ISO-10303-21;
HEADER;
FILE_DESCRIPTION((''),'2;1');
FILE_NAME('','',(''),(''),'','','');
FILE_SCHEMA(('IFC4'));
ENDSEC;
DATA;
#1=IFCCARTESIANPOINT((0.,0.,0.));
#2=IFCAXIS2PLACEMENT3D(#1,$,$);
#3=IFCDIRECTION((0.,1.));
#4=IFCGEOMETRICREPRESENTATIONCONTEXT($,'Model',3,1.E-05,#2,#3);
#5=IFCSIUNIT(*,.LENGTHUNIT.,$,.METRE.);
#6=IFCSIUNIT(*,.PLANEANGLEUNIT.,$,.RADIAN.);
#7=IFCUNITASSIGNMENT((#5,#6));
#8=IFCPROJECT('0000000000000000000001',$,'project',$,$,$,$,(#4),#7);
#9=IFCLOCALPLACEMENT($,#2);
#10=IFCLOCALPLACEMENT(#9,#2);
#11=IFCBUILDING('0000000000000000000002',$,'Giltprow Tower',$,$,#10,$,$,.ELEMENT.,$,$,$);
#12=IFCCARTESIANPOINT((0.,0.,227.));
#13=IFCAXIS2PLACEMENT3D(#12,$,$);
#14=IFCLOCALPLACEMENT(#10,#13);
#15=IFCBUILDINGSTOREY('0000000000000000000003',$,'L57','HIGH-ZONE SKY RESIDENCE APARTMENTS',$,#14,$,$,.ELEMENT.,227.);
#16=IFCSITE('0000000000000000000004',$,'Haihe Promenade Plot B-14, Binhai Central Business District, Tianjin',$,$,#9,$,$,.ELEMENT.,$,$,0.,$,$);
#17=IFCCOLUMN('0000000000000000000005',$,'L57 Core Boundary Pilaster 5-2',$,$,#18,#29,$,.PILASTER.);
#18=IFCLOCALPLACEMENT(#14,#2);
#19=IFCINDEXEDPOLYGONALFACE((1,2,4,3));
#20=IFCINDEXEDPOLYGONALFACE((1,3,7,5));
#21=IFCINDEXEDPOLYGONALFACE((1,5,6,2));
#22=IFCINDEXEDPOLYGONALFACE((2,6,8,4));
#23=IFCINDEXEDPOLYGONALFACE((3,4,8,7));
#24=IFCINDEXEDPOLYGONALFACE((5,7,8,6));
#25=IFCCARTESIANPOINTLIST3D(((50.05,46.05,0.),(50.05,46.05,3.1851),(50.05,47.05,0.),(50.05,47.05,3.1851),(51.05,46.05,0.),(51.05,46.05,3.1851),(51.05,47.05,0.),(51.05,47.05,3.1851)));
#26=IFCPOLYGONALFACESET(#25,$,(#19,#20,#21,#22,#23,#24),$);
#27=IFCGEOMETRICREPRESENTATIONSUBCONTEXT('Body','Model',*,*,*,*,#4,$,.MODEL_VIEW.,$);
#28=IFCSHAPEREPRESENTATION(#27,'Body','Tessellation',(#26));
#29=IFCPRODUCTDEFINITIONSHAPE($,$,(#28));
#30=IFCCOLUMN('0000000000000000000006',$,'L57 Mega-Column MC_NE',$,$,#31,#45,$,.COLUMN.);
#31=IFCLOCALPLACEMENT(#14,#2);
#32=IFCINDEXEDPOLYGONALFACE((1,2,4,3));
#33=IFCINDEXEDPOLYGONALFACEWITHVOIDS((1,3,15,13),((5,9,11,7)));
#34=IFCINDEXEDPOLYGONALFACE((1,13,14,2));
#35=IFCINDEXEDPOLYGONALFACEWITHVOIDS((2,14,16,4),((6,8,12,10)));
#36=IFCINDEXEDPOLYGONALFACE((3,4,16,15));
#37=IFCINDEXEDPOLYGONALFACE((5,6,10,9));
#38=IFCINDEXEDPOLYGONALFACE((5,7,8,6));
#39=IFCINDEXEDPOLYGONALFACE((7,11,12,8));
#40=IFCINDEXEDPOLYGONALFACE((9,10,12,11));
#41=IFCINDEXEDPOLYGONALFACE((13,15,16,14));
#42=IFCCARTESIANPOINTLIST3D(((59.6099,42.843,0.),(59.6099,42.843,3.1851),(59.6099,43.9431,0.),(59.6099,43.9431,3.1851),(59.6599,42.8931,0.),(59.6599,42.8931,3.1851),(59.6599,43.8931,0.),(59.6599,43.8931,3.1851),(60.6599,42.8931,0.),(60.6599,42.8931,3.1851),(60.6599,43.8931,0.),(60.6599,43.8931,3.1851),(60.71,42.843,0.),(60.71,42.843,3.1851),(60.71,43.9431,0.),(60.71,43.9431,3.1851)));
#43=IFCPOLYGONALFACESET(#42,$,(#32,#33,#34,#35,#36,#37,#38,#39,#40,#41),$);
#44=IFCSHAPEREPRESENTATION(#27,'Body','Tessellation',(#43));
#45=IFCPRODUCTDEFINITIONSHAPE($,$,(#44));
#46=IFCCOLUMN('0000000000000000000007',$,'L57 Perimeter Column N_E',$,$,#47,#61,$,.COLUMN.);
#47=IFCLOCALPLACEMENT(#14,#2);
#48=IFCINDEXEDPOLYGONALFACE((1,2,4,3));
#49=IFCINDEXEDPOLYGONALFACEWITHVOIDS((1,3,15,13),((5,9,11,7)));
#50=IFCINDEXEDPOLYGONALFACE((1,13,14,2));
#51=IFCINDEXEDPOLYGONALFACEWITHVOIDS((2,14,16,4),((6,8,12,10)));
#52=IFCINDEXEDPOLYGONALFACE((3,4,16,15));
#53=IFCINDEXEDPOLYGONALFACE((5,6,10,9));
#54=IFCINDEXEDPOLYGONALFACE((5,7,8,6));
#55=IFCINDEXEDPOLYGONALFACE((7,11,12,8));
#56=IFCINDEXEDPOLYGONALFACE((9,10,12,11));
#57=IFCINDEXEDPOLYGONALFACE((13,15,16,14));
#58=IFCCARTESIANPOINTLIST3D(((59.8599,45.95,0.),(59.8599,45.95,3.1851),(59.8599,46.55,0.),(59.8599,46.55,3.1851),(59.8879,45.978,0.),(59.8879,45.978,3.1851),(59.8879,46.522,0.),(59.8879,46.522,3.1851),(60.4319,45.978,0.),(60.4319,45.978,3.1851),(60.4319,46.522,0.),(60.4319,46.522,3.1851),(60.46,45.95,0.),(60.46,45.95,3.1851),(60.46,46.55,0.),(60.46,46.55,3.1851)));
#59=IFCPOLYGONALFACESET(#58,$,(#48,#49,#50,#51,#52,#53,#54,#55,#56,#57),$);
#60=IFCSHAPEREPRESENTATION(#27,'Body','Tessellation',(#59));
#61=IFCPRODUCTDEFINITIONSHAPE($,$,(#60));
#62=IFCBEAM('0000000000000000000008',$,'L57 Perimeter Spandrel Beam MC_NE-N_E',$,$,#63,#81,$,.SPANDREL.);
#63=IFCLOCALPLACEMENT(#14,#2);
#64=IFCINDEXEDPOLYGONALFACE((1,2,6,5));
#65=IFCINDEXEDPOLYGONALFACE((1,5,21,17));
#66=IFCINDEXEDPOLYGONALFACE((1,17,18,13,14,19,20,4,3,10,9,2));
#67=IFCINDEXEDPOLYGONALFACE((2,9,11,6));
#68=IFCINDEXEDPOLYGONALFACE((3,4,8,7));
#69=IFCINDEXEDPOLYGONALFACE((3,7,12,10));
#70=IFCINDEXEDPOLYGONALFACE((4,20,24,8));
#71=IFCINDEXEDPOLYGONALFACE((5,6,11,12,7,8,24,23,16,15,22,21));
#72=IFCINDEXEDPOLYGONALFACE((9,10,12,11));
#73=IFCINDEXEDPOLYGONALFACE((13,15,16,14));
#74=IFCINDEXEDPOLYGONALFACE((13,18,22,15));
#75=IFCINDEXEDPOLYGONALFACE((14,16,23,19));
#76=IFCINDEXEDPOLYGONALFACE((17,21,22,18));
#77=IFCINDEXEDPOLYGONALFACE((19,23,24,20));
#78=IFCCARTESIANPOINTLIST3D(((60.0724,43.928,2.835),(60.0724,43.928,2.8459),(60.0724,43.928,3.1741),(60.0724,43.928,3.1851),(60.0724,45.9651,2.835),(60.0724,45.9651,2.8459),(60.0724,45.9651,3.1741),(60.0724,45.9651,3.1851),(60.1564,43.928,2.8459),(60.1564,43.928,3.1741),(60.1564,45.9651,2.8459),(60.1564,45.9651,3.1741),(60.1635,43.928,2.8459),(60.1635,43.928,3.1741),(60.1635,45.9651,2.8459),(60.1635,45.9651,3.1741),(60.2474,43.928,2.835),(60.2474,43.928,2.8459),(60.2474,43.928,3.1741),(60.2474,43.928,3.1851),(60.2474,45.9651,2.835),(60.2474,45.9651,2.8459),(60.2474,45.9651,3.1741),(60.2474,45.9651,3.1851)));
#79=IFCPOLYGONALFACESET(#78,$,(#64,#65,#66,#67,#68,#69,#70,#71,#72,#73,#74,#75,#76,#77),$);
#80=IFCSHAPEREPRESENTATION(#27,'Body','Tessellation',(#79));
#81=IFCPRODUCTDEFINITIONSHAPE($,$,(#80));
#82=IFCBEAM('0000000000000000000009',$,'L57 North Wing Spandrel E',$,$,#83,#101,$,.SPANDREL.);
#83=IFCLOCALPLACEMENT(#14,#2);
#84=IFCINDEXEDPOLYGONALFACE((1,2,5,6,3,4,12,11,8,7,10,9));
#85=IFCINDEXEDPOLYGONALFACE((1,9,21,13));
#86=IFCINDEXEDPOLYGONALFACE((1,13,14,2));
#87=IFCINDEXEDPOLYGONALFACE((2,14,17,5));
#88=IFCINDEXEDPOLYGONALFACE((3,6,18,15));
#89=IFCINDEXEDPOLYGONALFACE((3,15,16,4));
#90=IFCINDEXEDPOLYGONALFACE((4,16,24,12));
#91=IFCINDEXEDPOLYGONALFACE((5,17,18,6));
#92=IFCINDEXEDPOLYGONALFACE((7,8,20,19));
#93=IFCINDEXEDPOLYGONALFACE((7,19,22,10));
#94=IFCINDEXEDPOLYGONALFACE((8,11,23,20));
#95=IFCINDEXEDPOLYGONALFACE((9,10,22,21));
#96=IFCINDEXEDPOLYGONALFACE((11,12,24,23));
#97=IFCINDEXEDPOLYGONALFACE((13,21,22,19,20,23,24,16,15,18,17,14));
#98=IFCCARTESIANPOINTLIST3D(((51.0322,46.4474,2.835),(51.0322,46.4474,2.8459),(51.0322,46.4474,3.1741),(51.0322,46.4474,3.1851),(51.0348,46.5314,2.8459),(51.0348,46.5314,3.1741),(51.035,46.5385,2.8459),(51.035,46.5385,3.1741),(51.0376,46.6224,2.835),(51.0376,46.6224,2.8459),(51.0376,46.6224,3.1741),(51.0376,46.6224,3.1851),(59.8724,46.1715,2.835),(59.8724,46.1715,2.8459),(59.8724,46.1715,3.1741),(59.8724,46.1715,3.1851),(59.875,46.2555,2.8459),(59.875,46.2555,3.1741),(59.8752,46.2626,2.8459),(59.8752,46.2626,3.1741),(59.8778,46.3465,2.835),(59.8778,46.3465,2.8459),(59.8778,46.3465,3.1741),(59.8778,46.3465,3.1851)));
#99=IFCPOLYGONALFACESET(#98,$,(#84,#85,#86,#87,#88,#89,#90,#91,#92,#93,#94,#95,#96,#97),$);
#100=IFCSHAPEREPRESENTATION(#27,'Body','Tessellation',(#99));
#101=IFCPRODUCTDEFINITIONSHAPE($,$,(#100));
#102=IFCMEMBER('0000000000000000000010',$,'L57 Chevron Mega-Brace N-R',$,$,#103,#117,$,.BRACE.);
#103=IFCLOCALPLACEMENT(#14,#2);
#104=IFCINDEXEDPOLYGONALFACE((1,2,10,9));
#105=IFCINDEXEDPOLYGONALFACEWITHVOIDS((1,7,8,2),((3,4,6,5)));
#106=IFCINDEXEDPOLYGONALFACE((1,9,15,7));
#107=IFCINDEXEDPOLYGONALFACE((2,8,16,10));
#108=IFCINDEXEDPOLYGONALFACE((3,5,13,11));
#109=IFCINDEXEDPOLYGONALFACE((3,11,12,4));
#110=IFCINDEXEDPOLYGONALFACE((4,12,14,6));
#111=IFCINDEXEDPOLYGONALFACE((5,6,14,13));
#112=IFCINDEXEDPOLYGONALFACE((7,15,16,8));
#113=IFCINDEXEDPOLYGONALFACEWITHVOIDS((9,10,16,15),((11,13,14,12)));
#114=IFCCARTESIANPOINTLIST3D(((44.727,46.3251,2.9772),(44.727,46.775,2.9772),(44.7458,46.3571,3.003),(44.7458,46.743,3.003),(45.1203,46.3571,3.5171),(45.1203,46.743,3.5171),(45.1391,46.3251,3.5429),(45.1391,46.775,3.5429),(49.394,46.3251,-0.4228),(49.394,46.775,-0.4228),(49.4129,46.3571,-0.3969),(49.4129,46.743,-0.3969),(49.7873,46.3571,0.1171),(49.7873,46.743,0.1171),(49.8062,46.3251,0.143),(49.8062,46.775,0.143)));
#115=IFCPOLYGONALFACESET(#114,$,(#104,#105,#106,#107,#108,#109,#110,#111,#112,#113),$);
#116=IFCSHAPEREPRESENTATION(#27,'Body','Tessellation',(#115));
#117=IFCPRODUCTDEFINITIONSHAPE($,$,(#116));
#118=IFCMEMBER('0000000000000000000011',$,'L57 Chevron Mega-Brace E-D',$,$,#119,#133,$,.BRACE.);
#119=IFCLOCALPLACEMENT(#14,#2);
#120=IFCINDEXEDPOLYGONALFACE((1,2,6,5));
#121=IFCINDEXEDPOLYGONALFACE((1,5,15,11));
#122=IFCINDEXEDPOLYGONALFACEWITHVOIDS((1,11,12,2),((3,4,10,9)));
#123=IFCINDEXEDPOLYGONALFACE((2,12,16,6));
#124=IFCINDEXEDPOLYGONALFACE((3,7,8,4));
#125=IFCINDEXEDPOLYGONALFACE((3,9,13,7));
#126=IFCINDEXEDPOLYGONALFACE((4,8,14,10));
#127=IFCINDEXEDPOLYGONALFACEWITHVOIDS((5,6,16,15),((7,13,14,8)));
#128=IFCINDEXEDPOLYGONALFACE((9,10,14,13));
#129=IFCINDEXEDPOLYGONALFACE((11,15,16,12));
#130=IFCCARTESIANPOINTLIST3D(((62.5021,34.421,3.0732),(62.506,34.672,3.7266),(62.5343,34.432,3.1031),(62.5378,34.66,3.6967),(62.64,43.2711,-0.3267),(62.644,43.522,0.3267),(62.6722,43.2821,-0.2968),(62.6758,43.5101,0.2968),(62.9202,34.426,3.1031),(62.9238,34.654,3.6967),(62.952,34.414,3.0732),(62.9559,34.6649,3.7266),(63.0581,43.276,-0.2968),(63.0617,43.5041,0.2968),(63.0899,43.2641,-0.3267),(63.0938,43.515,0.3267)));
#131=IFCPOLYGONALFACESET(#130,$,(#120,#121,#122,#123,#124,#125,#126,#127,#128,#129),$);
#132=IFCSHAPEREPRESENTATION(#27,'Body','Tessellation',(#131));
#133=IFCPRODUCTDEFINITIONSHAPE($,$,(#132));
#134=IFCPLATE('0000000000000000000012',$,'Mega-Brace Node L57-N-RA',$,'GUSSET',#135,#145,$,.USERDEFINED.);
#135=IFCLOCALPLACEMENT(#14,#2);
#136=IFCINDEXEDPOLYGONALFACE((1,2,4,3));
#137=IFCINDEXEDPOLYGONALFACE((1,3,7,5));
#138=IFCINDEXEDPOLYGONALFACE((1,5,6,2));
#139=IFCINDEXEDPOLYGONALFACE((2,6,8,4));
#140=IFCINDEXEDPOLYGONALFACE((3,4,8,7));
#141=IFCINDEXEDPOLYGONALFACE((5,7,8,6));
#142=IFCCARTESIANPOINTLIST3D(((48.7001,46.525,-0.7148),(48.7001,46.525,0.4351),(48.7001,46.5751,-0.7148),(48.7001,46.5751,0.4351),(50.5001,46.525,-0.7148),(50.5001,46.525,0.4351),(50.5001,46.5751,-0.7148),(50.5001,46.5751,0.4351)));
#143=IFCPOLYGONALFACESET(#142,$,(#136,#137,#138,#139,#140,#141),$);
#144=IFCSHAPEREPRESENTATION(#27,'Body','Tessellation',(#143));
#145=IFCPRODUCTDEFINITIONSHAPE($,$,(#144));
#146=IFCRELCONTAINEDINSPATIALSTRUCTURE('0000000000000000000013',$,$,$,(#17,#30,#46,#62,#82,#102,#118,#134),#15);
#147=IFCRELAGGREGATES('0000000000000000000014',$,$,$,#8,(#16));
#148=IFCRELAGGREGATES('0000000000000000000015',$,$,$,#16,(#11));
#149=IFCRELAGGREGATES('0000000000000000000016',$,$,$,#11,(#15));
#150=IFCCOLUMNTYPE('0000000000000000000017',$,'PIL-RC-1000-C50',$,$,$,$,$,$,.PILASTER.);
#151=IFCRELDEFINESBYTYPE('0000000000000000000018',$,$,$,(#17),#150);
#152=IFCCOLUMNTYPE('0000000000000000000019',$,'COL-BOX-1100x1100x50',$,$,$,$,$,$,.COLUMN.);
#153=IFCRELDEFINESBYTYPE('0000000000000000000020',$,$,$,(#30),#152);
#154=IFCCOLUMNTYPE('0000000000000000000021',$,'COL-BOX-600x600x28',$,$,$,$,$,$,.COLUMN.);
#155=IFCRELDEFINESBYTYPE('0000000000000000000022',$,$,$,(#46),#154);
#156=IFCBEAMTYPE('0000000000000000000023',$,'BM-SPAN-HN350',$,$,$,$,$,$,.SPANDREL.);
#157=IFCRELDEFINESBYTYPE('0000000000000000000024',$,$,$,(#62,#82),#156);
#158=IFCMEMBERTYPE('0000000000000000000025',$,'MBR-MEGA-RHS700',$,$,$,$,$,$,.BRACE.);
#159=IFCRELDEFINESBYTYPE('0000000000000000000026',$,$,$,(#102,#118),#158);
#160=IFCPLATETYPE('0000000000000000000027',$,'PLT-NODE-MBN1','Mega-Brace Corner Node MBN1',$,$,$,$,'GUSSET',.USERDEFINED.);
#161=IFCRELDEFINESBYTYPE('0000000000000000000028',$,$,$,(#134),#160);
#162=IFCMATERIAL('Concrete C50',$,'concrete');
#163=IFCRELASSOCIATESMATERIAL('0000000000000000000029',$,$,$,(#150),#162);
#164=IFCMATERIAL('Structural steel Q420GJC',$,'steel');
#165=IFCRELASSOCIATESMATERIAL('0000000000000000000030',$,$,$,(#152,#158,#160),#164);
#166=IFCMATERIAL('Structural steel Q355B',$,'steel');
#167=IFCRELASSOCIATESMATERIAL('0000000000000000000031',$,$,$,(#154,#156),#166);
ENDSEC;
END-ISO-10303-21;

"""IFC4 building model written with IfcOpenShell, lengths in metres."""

from ifc_helpers import new_model, si_unit, direction, frame, origin, origin_2d, place, context, subcontext, project, spatial, rectangle, hollow_rectangle, i_section, extrude, source, transform, mapped, material, material_profile, profile_set, type_object, element, save


model = new_model("IFC4")

# Units and contexts
model_context = context("Model", 3, precision=1e-05, world=origin(), true_north=direction((0.0, 1.0)))
body_context = subcontext(model_context, "Body", "Model", "MODEL_VIEW")
ifc_project = project(units=[si_unit("LENGTHUNIT", "METRE"), si_unit("PLANEANGLEUNIT", "RADIAN")], contexts=[model_context])

# Site, building, storey
site_placement = place(None, origin())
site = spatial("IfcSite", under=ifc_project, at=site_placement, Name="Haihe Promenade Plot B-14, Binhai Central Business District, Tianjin", CompositionType="ELEMENT", RefElevation=0.0)
building_placement = place(site_placement, origin())
building = spatial("IfcBuilding", under=site, at=building_placement, Name="Giltprow Tower", CompositionType="ELEMENT")
storey_placement = place(building_placement, frame((0.0, 0.0, 227.0)))
storey = spatial("IfcBuildingStorey", under=building, at=storey_placement, Name="L57", Description="HIGH-ZONE SKY RESIDENCE APARTMENTS", CompositionType="ELEMENT", Elevation=227.0)

# Columns
ifc_material_1 = material(Name="Concrete C50", Category="concrete")
ifc_material_profile_1 = material_profile(ifc_material_1, rectangle(XDim=1.0, YDim=1.0, at=origin_2d()), Name="RC 1000x1000")
ifc_profile_set_1 = profile_set([ifc_material_profile_1], Name="Concrete C50")
column_type_1 = type_object("IfcColumnType", Name="PIL-RC-1000-C50", PredefinedType="PILASTER", material=ifc_profile_set_1)
shared_shape_1 = source(origin(), body_context, "Body", "SweptSolid", [
    extrude(rectangle(XDim=1.0, YDim=1.0, at=origin_2d()), origin(), (0.0, 0.0, 1.0), 3.1851),
])
column_1_placement = place(storey_placement, frame((50.55, 46.55, 0.0), z_axis=(0.0, 0.0, 1.0), x_axis=(1.0, 0.0, 0.0)))
element("IfcColumn", 1, at=column_1_placement, inside=storey, type_object=column_type_1, Name="L57 Core Boundary Pilaster 5-2", PredefinedType="PILASTER", context=body_context, shape_type="MappedRepresentation", body=[
    mapped(shared_shape_1, transform((0.0, 0.0, 0.0), x_axis=(1.0, 0.0, 0.0), y_axis=(0.0, 1.0, 0.0), z_axis=(0.0, 0.0, 1.0), scale=1.0)),
])
ifc_material_2 = material(Name="Structural steel Q420GJC", Category="steel")
ifc_material_profile_2 = material_profile(ifc_material_2, hollow_rectangle(XDim=1.1001, YDim=1.1001, WallThickness=0.05, at=origin_2d()), Name="BOX 1100x1100x50")
ifc_profile_set_2 = profile_set([ifc_material_profile_2], Name="Structural steel Q420GJC")
column_type_2 = type_object("IfcColumnType", Name="COL-BOX-1100x1100x50", PredefinedType="COLUMN", material=ifc_profile_set_2)
shared_shape_2 = source(origin(), body_context, "Body", "SweptSolid", [
    extrude(hollow_rectangle(XDim=1.1001, YDim=1.1001, WallThickness=0.05, at=origin_2d()), origin(), (0.0, 0.0, 1.0), 3.1851),
])
column_2_placement = place(storey_placement, frame((60.1599, 43.3931, 0.0), z_axis=(0.0, 0.0, 1.0), x_axis=(1.0, 0.0, 0.0)))
element("IfcColumn", 2, at=column_2_placement, inside=storey, type_object=column_type_2, Name="L57 Mega-Column MC_NE", PredefinedType="COLUMN", context=body_context, shape_type="MappedRepresentation", body=[
    mapped(shared_shape_2, transform((0.0, 0.0, 0.0), x_axis=(1.0, 0.0, 0.0), y_axis=(0.0, 1.0, 0.0), z_axis=(0.0, 0.0, 1.0), scale=1.0)),
])
ifc_material_3 = material(Name="Structural steel Q355B", Category="steel")
ifc_material_profile_3 = material_profile(ifc_material_3, hollow_rectangle(XDim=0.6001, YDim=0.6001, WallThickness=0.0281, at=origin_2d()), Name="BOX 600x600x28")
ifc_profile_set_3 = profile_set([ifc_material_profile_3], Name="Structural steel Q355B")
column_type_3 = type_object("IfcColumnType", Name="COL-BOX-600x600x28", PredefinedType="COLUMN", material=ifc_profile_set_3)
shared_shape_3 = source(origin(), body_context, "Body", "SweptSolid", [
    extrude(hollow_rectangle(XDim=0.6001, YDim=0.6001, WallThickness=0.0281, at=origin_2d()), origin(), (0.0, 0.0, 1.0), 3.1851),
])
column_3_placement = place(storey_placement, frame((60.1599, 46.25, 0.0), z_axis=(0.0, 0.0, 1.0), x_axis=(1.0, 0.0, 0.0)))
element("IfcColumn", 3, at=column_3_placement, inside=storey, type_object=column_type_3, Name="L57 Perimeter Column N_E", PredefinedType="COLUMN", context=body_context, shape_type="MappedRepresentation", body=[
    mapped(shared_shape_3, transform((0.0, 0.0, 0.0), x_axis=(1.0, 0.0, 0.0), y_axis=(0.0, 1.0, 0.0), z_axis=(0.0, 0.0, 1.0), scale=1.0)),
])

# Beams
ifc_material_profile_4 = material_profile(ifc_material_3, i_section(OverallWidth=0.175, OverallDepth=0.3501, WebThickness=0.0071, FlangeThickness=0.011, at=origin_2d()), Name="HN 350x175x7x11")
ifc_profile_set_4 = profile_set([ifc_material_profile_4], Name="Structural steel Q355B")
beam_type = type_object("IfcBeamType", Name="BM-SPAN-HN350", PredefinedType="SPANDREL", material=ifc_profile_set_4)
shared_shape_4 = source(origin(), body_context, "Body", "SweptSolid", [
    extrude(i_section(OverallWidth=0.175, OverallDepth=0.3501, WebThickness=0.0071, FlangeThickness=0.011, at=origin_2d()), origin(), (0.0, 0.0, 1.0), 2.0371),
])
beam_1_placement = place(storey_placement, frame((60.1599, 43.928, 3.01), z_axis=(0.0, 1.0, 0.0), x_axis=(-1.0, 0.0, 0.0)))
element("IfcBeam", 4, at=beam_1_placement, inside=storey, type_object=beam_type, Name="L57 Perimeter Spandrel Beam MC_NE-N_E", PredefinedType="SPANDREL", context=body_context, shape_type="MappedRepresentation", body=[
    mapped(shared_shape_4, transform((0.0, 0.0, 0.0), x_axis=(1.0, 0.0, 0.0), y_axis=(0.0, 1.0, 0.0), z_axis=(0.0, 0.0, 1.0), scale=1.0)),
])
shared_shape_5 = source(origin(), body_context, "Body", "SweptSolid", [
    extrude(i_section(OverallWidth=0.175, OverallDepth=0.3501, WebThickness=0.0071, FlangeThickness=0.011, at=origin_2d()), origin(), (0.0, 0.0, 1.0), 8.8445),
])
beam_2_placement = place(storey_placement, frame((51.0349, 46.5349, 3.01), z_axis=(0.999513, -0.031193, 0.0), x_axis=(0.031193, 0.999513, 0.0)))
element("IfcBeam", 5, at=beam_2_placement, inside=storey, type_object=beam_type, Name="L57 North Wing Spandrel E", PredefinedType="SPANDREL", context=body_context, shape_type="MappedRepresentation", body=[
    mapped(shared_shape_5, transform((0.0, 0.0, 0.0), x_axis=(1.0, 0.0, 0.0), y_axis=(0.0, 1.0, 0.0), z_axis=(0.0, 0.0, 1.0), scale=1.0)),
])

# Members
ifc_material_profile_5 = material_profile(ifc_material_2, hollow_rectangle(XDim=0.45, YDim=0.7, WallThickness=0.032, at=origin_2d()), Name="RHS 700x450x32")
ifc_profile_set_5 = profile_set([ifc_material_profile_5], Name="Structural steel Q420GJC")
member_type = type_object("IfcMemberType", Name="MBR-MEGA-RHS700", PredefinedType="BRACE", material=ifc_profile_set_5)
shared_shape_6 = source(origin(), body_context, "Body", "SweptSolid", [
    extrude(hollow_rectangle(XDim=0.45, YDim=0.7, WallThickness=0.032, at=origin_2d()), origin(), (0.0, 0.0, 1.0), 5.7742),
])
member_1_placement = place(storey_placement, frame((49.6001, 46.55, -0.1399), z_axis=(-0.808264, 0.0, 0.58882), x_axis=(0.0, -1.0, 0.0)))
element("IfcMember", 6, at=member_1_placement, inside=storey, type_object=member_type, Name="L57 Chevron Mega-Brace N-R", PredefinedType="BRACE", context=body_context, shape_type="MappedRepresentation", body=[
    mapped(shared_shape_6, transform((0.0, 0.0, 0.0), x_axis=(1.0, 0.0, 0.0), y_axis=(0.0, 1.0, 0.0), z_axis=(0.0, 0.0, 1.0), scale=1.0)),
])
shared_shape_7 = source(origin(), body_context, "Body", "SweptSolid", [
    extrude(hollow_rectangle(XDim=0.45, YDim=0.7, WallThickness=0.032, at=origin_2d()), origin(), (0.0, 0.0, 1.0), 9.4817),
])
member_2_placement = place(storey_placement, frame((62.8669, 43.3931, 0.0), z_axis=(-0.014548, -0.933387, 0.358575), x_axis=(0.999879, -0.015584, 0.0)))
element("IfcMember", 7, at=member_2_placement, inside=storey, type_object=member_type, Name="L57 Chevron Mega-Brace E-D", PredefinedType="BRACE", context=body_context, shape_type="MappedRepresentation", body=[
    mapped(shared_shape_7, transform((0.0, 0.0, 0.0), x_axis=(1.0, 0.0, 0.0), y_axis=(0.0, 1.0, 0.0), z_axis=(0.0, 0.0, 1.0), scale=1.0)),
])

# Plate
plate_type = type_object("IfcPlateType", Name="PLT-NODE-MBN1", Description="Mega-Brace Corner Node MBN1", ElementType="GUSSET", PredefinedType="USERDEFINED", material=ifc_material_2)
shared_shape_8 = source(origin(), body_context, "Body", "SweptSolid", [
    extrude(rectangle(XDim=1.8, YDim=0.05, at=origin_2d()), origin(), (0.0, 0.0, 1.0), 1.1499),
])
plate_placement = place(storey_placement, frame((49.6001, 46.55, -0.7148), z_axis=(0.0, 0.0, 1.0), x_axis=(1.0, 0.0, 0.0)))
element("IfcPlate", 8, at=plate_placement, inside=storey, type_object=plate_type, Name="Mega-Brace Node L57-N-RA", ObjectType="GUSSET", PredefinedType="USERDEFINED", context=body_context, shape_type="MappedRepresentation", body=[
    mapped(shared_shape_8, transform((0.0, 0.0, 0.0), x_axis=(1.0, 0.0, 0.0), y_axis=(0.0, 1.0, 0.0), z_axis=(0.0, 0.0, 1.0), scale=1.0)),
])

save(model, "model.ifc")
